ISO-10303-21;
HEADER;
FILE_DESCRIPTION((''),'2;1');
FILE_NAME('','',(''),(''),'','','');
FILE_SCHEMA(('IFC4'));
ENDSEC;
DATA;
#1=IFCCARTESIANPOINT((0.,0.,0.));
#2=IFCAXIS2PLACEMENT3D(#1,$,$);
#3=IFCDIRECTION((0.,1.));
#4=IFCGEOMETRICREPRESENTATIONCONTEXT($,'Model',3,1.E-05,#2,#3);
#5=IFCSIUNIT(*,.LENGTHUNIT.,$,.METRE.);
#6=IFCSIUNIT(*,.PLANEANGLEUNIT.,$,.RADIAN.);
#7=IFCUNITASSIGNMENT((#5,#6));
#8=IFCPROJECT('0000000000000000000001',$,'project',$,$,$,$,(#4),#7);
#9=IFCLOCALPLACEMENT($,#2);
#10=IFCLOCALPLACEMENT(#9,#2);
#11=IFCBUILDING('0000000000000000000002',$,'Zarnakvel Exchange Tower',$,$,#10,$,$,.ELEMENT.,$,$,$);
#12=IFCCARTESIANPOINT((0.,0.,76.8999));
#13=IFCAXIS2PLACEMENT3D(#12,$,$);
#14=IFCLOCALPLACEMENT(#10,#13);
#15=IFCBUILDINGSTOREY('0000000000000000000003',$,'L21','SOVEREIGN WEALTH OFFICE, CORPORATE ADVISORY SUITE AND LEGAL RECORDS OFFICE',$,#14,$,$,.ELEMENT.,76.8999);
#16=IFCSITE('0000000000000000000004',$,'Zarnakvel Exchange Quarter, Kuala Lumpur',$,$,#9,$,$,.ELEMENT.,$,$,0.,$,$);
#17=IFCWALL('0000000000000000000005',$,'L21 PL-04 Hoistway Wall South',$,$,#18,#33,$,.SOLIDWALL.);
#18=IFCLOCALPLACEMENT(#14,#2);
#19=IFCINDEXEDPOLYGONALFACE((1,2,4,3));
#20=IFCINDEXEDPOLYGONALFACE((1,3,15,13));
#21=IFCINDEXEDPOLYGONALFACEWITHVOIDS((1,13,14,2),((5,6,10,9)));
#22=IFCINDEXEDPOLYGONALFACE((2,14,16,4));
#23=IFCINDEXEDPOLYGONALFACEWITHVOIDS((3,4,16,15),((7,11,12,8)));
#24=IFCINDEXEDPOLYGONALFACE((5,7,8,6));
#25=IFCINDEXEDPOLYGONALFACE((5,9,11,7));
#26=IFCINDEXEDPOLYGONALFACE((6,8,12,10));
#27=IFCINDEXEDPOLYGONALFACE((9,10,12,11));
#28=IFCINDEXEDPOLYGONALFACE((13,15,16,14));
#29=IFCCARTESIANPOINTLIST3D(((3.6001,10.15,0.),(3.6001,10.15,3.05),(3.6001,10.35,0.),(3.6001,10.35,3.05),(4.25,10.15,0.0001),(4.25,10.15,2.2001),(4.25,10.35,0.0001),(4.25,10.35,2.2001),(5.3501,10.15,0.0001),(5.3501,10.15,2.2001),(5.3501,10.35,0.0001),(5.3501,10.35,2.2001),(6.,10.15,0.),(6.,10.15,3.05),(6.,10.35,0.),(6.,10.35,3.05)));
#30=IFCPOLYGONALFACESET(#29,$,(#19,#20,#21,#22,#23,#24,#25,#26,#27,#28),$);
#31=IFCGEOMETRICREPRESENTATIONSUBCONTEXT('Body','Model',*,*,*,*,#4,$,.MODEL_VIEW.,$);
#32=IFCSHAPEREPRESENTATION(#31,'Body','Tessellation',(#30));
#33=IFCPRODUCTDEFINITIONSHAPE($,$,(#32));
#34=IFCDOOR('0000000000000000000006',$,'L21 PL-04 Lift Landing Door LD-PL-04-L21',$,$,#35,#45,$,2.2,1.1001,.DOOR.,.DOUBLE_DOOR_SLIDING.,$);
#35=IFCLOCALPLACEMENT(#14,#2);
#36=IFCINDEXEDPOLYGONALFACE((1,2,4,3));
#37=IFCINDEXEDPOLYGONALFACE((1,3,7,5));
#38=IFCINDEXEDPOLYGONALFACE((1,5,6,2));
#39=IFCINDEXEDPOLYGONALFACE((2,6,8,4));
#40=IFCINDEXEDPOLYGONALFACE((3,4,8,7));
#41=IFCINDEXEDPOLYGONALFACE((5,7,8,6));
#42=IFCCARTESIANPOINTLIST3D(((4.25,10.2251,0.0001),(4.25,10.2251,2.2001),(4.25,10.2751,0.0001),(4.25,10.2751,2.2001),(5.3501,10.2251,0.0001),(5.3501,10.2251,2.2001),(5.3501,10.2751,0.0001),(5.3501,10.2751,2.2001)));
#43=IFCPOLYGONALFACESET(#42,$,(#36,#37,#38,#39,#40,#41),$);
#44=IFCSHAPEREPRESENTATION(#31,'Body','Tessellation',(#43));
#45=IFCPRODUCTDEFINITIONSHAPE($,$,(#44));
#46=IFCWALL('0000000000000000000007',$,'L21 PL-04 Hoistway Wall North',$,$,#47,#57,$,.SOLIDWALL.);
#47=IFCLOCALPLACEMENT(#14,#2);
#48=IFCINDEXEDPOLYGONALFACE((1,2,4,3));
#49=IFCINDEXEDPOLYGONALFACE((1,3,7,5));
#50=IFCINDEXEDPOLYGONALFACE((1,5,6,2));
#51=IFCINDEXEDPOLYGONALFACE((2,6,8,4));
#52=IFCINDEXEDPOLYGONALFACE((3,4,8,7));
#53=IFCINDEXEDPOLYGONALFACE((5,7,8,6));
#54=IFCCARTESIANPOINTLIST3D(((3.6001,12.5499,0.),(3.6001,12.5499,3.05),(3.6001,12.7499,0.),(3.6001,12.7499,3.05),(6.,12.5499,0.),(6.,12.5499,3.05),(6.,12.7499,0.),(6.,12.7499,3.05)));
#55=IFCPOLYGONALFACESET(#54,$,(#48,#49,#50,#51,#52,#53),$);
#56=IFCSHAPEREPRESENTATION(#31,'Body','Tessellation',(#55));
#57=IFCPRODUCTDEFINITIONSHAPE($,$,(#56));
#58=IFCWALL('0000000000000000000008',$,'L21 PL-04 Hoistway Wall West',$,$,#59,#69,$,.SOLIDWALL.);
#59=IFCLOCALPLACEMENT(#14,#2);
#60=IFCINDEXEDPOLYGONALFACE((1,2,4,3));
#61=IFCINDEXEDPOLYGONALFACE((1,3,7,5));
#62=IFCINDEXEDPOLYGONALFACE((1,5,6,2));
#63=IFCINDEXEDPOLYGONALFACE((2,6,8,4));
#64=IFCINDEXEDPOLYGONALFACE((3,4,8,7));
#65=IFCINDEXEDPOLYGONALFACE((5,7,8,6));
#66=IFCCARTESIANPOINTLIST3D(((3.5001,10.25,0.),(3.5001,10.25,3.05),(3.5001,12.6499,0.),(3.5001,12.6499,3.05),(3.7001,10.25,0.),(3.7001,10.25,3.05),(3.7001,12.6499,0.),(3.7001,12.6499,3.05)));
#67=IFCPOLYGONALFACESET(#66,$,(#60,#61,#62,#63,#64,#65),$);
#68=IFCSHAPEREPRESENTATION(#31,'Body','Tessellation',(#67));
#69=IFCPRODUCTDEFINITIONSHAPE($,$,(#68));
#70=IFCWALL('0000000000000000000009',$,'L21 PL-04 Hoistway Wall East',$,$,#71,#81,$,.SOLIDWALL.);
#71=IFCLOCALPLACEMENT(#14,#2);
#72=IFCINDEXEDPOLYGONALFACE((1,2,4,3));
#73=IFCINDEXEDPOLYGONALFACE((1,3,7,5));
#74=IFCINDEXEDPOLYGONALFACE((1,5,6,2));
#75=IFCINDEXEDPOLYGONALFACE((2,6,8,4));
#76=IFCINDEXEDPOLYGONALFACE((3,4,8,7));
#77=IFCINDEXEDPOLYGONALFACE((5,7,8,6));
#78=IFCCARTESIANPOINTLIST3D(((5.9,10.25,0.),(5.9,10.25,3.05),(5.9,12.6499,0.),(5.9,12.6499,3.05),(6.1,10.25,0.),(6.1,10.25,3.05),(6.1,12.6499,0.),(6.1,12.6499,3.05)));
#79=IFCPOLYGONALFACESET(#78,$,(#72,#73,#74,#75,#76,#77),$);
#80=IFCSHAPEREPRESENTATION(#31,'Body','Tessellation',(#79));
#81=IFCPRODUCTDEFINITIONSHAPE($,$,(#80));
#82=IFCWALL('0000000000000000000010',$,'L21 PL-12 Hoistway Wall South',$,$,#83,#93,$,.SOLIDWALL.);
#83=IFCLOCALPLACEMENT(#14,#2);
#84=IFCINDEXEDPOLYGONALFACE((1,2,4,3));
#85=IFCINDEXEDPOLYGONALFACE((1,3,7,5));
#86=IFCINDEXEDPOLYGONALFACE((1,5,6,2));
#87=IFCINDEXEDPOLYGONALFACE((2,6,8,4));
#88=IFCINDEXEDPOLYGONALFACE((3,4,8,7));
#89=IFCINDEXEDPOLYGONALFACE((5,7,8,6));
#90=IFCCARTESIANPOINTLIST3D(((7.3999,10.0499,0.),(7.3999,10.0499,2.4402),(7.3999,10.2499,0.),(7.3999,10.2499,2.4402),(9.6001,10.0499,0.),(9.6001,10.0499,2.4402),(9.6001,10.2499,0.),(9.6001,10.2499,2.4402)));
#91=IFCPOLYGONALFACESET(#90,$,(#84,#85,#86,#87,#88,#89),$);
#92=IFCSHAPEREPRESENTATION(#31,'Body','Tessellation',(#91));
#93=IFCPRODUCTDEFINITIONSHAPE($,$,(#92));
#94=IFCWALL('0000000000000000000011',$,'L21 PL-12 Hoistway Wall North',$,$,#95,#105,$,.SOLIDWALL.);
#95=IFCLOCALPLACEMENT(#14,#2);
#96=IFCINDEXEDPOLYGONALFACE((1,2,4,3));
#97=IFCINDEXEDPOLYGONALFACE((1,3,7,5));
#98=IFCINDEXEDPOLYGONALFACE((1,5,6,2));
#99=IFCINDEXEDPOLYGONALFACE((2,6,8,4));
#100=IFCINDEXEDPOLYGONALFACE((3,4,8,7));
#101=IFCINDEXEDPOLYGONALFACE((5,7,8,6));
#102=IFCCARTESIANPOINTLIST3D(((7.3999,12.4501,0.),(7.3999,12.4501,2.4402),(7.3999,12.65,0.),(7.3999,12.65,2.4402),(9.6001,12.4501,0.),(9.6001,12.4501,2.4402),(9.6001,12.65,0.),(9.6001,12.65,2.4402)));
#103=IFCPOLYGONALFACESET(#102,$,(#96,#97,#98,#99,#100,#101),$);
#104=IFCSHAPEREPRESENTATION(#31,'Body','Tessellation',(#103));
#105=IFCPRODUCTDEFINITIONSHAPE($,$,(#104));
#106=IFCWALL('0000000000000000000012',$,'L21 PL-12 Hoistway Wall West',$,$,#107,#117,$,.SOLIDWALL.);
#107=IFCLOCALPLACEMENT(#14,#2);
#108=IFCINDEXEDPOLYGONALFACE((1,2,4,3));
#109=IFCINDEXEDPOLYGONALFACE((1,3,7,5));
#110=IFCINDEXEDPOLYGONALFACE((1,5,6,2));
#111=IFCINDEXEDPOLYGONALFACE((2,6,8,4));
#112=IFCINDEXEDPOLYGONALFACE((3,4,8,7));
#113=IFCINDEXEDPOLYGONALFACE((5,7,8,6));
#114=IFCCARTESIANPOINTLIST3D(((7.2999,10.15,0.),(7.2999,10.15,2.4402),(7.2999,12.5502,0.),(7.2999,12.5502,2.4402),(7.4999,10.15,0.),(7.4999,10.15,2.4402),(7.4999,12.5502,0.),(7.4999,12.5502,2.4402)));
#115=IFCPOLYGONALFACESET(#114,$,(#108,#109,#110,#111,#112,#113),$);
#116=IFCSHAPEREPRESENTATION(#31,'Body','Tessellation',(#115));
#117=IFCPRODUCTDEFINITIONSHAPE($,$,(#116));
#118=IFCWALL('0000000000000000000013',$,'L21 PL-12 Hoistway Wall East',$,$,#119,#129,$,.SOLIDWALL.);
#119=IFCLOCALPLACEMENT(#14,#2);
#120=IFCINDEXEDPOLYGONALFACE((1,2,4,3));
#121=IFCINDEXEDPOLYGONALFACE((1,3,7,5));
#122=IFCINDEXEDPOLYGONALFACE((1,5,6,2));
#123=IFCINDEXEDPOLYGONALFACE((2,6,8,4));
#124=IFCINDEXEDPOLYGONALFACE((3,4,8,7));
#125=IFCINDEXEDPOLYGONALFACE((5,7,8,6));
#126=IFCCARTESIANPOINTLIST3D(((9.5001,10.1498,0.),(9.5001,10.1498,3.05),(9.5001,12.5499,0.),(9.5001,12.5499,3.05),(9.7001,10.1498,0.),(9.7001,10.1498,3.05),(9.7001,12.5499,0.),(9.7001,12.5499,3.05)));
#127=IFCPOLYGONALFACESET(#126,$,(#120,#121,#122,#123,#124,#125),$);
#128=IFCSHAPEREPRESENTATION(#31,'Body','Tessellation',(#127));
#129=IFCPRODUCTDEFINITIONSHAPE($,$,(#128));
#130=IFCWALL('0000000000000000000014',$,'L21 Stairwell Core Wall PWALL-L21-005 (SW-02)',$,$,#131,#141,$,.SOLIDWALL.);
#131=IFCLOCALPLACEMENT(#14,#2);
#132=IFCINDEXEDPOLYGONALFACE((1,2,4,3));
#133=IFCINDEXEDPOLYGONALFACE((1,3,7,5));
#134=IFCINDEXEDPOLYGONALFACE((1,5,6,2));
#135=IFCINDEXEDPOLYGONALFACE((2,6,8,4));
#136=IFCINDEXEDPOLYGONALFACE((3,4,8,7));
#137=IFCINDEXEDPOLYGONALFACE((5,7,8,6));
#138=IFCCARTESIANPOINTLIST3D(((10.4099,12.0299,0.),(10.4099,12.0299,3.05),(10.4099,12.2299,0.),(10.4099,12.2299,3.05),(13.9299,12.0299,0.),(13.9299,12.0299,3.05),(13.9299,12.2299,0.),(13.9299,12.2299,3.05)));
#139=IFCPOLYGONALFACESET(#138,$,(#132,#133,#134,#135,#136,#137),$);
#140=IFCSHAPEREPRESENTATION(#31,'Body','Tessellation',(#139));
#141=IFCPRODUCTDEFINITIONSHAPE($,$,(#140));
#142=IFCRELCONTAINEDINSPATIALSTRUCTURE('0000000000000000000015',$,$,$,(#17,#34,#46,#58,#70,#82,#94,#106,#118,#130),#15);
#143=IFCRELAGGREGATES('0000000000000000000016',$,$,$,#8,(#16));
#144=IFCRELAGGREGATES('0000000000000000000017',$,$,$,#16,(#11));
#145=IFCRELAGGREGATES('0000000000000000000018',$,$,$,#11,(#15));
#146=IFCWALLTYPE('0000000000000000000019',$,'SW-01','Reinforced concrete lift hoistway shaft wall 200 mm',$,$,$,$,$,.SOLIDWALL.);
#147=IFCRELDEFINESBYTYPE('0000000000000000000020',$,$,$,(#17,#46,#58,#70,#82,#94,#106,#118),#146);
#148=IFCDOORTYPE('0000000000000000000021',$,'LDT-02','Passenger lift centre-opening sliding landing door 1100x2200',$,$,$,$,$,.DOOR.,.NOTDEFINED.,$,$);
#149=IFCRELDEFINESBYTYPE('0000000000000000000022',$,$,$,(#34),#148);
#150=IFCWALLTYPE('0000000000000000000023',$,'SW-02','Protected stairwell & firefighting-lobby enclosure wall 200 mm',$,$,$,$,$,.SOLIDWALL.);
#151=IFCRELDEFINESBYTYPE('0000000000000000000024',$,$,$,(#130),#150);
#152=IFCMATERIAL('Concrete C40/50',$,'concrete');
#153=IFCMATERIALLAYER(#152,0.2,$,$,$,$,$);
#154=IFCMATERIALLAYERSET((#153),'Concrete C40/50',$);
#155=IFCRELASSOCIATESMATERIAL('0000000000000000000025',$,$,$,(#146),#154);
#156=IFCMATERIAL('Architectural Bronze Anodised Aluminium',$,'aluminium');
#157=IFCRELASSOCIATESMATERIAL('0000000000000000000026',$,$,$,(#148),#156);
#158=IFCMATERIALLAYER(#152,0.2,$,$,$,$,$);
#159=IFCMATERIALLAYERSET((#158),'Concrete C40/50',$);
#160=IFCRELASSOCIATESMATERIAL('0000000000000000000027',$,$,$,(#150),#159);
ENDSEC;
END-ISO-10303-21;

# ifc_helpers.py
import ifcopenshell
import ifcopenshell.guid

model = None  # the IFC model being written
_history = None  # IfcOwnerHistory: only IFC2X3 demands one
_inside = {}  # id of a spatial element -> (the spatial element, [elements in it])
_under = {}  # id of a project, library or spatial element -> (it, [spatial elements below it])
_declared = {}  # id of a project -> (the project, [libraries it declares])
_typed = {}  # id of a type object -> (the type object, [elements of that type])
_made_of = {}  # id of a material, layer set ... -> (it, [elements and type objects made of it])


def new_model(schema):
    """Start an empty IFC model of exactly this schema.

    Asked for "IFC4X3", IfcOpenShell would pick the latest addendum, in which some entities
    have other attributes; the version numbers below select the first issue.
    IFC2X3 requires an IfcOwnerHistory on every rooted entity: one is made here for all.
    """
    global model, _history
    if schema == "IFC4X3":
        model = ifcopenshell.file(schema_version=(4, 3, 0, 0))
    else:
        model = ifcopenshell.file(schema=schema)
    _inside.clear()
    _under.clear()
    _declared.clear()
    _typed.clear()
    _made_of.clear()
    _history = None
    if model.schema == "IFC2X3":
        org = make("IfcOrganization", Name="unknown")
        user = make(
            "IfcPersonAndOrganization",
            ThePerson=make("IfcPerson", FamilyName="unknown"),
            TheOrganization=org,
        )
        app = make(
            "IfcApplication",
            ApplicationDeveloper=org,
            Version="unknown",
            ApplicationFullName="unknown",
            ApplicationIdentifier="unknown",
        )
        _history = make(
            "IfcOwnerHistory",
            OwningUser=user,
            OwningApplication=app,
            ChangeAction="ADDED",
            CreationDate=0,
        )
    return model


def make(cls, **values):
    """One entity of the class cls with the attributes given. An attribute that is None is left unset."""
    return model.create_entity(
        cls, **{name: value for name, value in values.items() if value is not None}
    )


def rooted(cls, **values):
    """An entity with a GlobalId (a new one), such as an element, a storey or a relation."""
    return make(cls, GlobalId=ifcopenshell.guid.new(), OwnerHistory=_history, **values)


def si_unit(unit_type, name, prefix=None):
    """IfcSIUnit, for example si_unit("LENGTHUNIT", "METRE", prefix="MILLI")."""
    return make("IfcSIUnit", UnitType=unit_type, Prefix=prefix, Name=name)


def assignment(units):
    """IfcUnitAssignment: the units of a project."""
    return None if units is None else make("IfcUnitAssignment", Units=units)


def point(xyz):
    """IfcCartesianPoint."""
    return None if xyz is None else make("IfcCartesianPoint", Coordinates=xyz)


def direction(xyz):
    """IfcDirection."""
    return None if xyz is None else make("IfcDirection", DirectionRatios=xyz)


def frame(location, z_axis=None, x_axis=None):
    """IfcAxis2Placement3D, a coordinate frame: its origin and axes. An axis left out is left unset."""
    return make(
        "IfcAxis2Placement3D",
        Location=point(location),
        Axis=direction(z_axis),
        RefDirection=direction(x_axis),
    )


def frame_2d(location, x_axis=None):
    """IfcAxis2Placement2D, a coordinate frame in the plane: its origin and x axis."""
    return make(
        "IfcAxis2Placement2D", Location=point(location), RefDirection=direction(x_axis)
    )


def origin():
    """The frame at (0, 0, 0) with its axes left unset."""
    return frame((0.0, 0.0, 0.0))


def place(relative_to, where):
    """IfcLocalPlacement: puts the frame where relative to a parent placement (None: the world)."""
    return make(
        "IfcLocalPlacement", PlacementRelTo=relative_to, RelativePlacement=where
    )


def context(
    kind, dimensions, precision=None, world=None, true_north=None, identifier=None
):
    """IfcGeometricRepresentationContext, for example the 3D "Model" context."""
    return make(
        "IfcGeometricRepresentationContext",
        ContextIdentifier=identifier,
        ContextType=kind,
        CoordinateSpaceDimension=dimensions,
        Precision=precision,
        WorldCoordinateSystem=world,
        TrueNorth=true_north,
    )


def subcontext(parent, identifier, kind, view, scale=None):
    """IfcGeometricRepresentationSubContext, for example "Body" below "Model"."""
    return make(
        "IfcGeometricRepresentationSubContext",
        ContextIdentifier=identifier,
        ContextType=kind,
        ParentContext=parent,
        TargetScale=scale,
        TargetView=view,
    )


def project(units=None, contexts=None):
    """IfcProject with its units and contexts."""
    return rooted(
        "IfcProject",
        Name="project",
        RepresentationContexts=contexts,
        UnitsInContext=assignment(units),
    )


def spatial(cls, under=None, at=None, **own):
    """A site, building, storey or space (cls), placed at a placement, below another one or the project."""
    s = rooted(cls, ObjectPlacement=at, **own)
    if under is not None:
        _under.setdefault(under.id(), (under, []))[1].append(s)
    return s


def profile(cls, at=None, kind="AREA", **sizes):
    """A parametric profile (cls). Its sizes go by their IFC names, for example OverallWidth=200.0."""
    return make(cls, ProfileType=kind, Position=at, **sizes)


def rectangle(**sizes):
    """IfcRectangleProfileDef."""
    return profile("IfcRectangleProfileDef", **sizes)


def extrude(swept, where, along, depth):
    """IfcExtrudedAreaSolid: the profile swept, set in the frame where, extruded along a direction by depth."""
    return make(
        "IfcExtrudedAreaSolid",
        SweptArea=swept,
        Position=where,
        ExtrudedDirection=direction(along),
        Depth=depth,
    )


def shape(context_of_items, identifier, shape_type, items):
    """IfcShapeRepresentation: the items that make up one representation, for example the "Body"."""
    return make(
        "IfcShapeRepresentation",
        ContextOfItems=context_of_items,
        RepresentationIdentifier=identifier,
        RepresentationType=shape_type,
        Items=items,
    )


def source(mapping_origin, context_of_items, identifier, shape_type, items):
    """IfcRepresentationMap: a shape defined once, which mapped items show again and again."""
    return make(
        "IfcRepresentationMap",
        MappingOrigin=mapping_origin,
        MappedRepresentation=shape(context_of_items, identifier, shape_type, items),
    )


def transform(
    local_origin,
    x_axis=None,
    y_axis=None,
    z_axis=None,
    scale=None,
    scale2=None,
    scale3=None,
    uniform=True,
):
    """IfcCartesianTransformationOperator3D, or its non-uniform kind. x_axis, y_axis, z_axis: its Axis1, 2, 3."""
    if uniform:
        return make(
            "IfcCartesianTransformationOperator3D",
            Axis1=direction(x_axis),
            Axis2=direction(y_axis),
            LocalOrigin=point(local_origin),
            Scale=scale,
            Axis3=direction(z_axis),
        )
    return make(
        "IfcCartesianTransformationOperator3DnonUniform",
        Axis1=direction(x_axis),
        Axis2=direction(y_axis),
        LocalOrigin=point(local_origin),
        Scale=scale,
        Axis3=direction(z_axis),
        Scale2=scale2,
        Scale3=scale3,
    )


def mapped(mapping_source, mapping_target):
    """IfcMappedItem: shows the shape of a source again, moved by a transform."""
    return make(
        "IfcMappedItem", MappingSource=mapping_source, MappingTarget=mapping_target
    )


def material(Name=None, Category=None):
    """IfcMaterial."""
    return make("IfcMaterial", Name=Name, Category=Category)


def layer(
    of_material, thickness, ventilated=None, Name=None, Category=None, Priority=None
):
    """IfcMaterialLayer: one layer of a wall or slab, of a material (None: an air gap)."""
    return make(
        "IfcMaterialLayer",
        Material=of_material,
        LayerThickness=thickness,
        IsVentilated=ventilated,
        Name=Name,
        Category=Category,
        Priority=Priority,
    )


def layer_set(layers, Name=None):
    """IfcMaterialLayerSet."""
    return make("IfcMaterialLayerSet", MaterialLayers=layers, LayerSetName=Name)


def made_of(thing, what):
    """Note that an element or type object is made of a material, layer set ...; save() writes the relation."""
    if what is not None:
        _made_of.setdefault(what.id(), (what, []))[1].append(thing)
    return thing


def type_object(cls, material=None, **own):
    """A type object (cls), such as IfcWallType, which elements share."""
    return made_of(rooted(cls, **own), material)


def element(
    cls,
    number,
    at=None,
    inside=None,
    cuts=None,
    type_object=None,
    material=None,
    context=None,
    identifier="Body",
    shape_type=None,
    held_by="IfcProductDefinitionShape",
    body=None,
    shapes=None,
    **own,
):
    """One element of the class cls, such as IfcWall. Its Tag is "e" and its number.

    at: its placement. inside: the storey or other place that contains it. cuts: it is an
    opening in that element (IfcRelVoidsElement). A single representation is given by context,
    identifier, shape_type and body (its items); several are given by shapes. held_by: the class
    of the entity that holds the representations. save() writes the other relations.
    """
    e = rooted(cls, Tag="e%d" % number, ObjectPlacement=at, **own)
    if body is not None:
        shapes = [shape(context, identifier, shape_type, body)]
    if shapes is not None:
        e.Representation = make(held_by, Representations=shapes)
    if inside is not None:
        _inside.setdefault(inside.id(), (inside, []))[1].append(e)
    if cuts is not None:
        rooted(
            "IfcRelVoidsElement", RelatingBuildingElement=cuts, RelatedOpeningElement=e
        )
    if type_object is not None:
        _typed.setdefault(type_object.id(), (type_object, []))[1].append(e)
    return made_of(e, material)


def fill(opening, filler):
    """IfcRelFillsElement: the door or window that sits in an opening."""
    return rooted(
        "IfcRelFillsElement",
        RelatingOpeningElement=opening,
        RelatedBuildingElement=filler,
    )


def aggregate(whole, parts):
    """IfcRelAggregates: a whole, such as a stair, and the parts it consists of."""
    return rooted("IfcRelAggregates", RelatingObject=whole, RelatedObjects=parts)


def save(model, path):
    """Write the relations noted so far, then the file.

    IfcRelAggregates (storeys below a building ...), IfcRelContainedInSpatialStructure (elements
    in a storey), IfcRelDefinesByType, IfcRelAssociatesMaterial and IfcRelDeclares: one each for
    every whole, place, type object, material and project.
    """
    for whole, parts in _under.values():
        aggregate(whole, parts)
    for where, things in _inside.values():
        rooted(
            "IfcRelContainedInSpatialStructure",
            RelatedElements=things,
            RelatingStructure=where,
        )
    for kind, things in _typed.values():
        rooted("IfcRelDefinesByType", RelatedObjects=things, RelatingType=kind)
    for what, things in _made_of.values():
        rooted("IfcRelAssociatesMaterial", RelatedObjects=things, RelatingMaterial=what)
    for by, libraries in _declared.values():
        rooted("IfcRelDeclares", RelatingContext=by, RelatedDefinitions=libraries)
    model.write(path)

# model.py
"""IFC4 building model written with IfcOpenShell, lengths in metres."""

from ifc_helpers import new_model, si_unit, direction, frame, frame_2d, origin, place, context, subcontext, project, spatial, rectangle, extrude, source, transform, mapped, material, layer, layer_set, type_object, element, fill, save


model = new_model("IFC4")

# Units and contexts
model_context = context("Model", 3, precision=1e-05, world=origin(), true_north=direction((0.0, 1.0)))
body_context = subcontext(model_context, "Body", "Model", "MODEL_VIEW")
ifc_project = project(units=[si_unit("LENGTHUNIT", "METRE"), si_unit("PLANEANGLEUNIT", "RADIAN")], contexts=[model_context])

# Site, building, storey
site_placement = place(None, origin())
site = spatial("IfcSite", under=ifc_project, at=site_placement, Name="Zarnakvel Exchange Quarter, Kuala Lumpur", CompositionType="ELEMENT", RefElevation=0.0)
building_placement = place(site_placement, origin())
building = spatial("IfcBuilding", under=site, at=building_placement, Name="Zarnakvel Exchange Tower", CompositionType="ELEMENT")
storey_placement = place(building_placement, frame((0.0, 0.0, 76.8999)))
storey = spatial("IfcBuildingStorey", under=building, at=storey_placement, Name="L21", Description="SOVEREIGN WEALTH OFFICE, CORPORATE ADVISORY SUITE AND LEGAL RECORDS OFFICE", CompositionType="ELEMENT", Elevation=76.8999)

# Shared definitions
ifc_material_1 = material(Name="Architectural Bronze Anodised Aluminium", Category="aluminium")

# Shared definitions
ifc_material_2 = material(Name="Concrete C40/50", Category="concrete")
ifc_layer_1 = layer(ifc_material_2, 0.2)
ifc_layer_set_1 = layer_set([ifc_layer_1], Name="Concrete C40/50")
wall_type_1 = type_object("IfcWallType", Name="SW-01", Description="Reinforced concrete lift hoistway shaft wall 200 mm", PredefinedType="SOLIDWALL", material=ifc_layer_set_1)
door_type = type_object("IfcDoorType", Name="LDT-02", Description="Passenger lift centre-opening sliding landing door 1100x2200", OperationType="NOTDEFINED", PredefinedType="DOOR", material=ifc_material_1)
shared_shape_1 = source(origin(), body_context, "Body", "SweptSolid", [
    extrude(rectangle(XDim=1.1001, YDim=2.2, at=frame_2d((0.55, 1.1001))), frame((0.0, 0.0249, 0.0), z_axis=(0.0, -1.0, 0.0), x_axis=(1.0, 0.0, 0.0)), (0.0, 0.0, 1.0), 0.05),
])

# Wall, opening, door
wall_1_placement = place(storey_placement, frame((6.0, 10.25, 0.0), z_axis=(0.0, 0.0, 1.0), x_axis=(-1.0, 0.0, 0.0)))
wall_1 = element("IfcWall", 1, at=wall_1_placement, inside=storey, type_object=wall_type_1, Name="L21 PL-04 Hoistway Wall South", PredefinedType="SOLIDWALL", context=body_context, shape_type="SweptSolid", body=[
    extrude(rectangle(XDim=2.3999, YDim=0.2, at=frame_2d((1.2, 0.0))), origin(), (0.0, 0.0, 1.0), 3.05),
])
opening_1_placement = place(wall_1_placement, frame((0.6499, 0.0, 0.0)))
opening_1 = element("IfcOpeningElement", 2, at=opening_1_placement, cuts=wall_1, PredefinedType="OPENING", context=body_context, shape_type="SweptSolid", body=[
    extrude(rectangle(XDim=1.1001, YDim=2.2, at=frame_2d((0.55, 1.1001))), frame((0.0, 0.1099, 0.0), z_axis=(0.0, -1.0, 0.0), x_axis=(1.0, 0.0, 0.0)), (0.0, 0.0, 1.0), 0.22),
])
door_1_placement = place(opening_1_placement, origin())
door_1 = element("IfcDoor", 3, at=door_1_placement, inside=storey, type_object=door_type, Name="L21 PL-04 Lift Landing Door LD-PL-04-L21", OperationType="DOUBLE_DOOR_SLIDING", OverallHeight=2.2, OverallWidth=1.1001, PredefinedType="DOOR", context=body_context, shape_type="MappedRepresentation", body=[
    mapped(shared_shape_1, transform((0.0, 0.0, 0.0), x_axis=(1.0, 0.0, 0.0), y_axis=(0.0, 1.0, 0.0), z_axis=(0.0, 0.0, 1.0), scale=1.0)),
])
fill(opening_1, door_1)

# Walls
for number, where, z_axis, x_axis, name in (
    (4, (3.6001, 12.6499, 0.0), (0.0, 0.0, 1.0), (1.0, 0.0, 0.0), "L21 PL-04 Hoistway Wall North"),
    (5, (3.6001, 10.25, 0.0), (0.0, 0.0, 1.0), (0.0, 1.0, 0.0), "L21 PL-04 Hoistway Wall West"),
    (6, (6.0, 12.6499, 0.0), (0.0, 0.0, 1.0), (0.0, -1.0, 0.0), "L21 PL-04 Hoistway Wall East"),
):
    element("IfcWall", number, at=place(storey_placement, frame(where, z_axis=z_axis, x_axis=x_axis)), inside=storey, type_object=wall_type_1, Name=name, PredefinedType="SOLIDWALL", context=body_context, shape_type="SweptSolid", body=[
        extrude(rectangle(XDim=2.3999, YDim=0.2, at=frame_2d((1.2, 0.0))), origin(), (0.0, 0.0, 1.0), 3.05),
    ])
for number, where, z_axis, x_axis, name in (
    (7, (9.6001, 10.1499, 0.0), (0.0, 0.0, 1.0), (-1.0, 0.0, 0.0), "L21 PL-12 Hoistway Wall South"),
    (8, (7.3999, 12.55, 0.0), (0.0, 0.0, 1.0), (1.0, 0.0, 0.0), "L21 PL-12 Hoistway Wall North"),
):
    element("IfcWall", number, at=place(storey_placement, frame(where, z_axis=z_axis, x_axis=x_axis)), inside=storey, type_object=wall_type_1, Name=name, PredefinedType="SOLIDWALL", context=body_context, shape_type="SweptSolid", body=[
        extrude(rectangle(XDim=2.2002, YDim=0.2, at=frame_2d((1.1001, 0.0))), origin(), (0.0, 0.0, 1.0), 2.4402),
    ])
wall_2_placement = place(storey_placement, frame((7.3999, 10.1499, 0.0), z_axis=(0.0, 0.0, 1.0), x_axis=(0.0, 1.0, 0.0)))
element("IfcWall", 9, at=wall_2_placement, inside=storey, type_object=wall_type_1, Name="L21 PL-12 Hoistway Wall West", PredefinedType="SOLIDWALL", context=body_context, shape_type="SweptSolid", body=[
    extrude(rectangle(XDim=2.4001, YDim=0.2, at=frame_2d((1.2002, 0.0))), origin(), (0.0, 0.0, 1.0), 2.4402),
])
wall_3_placement = place(storey_placement, frame((9.6001, 12.55, 0.0), z_axis=(0.0, 0.0, 1.0), x_axis=(0.0, -1.0, 0.0)))
element("IfcWall", 10, at=wall_3_placement, inside=storey, type_object=wall_type_1, Name="L21 PL-12 Hoistway Wall East", PredefinedType="SOLIDWALL", context=body_context, shape_type="SweptSolid", body=[
    extrude(rectangle(XDim=2.4001, YDim=0.2, at=frame_2d((1.2002, 0.0))), origin(), (0.0, 0.0, 1.0), 3.05),
])
ifc_layer_2 = layer(ifc_material_2, 0.2)
ifc_layer_set_2 = layer_set([ifc_layer_2], Name="Concrete C40/50")
wall_type_2 = type_object("IfcWallType", Name="SW-02", Description="Protected stairwell & firefighting-lobby enclosure wall 200 mm", PredefinedType="SOLIDWALL", material=ifc_layer_set_2)
wall_4_placement = place(storey_placement, frame((10.4099, 12.1299, 0.0), z_axis=(0.0, 0.0, 1.0), x_axis=(1.0, 0.0, 0.0)))
element("IfcWall", 11, at=wall_4_placement, inside=storey, type_object=wall_type_2, Name="L21 Stairwell Core Wall PWALL-L21-005 (SW-02)", PredefinedType="SOLIDWALL", context=body_context, shape_type="SweptSolid", body=[
    extrude(rectangle(XDim=3.52, YDim=0.2, at=frame_2d((1.76, 0.0))), origin(), (0.0, 0.0, 1.0), 3.05),
])

save(model, "model.ifc")
